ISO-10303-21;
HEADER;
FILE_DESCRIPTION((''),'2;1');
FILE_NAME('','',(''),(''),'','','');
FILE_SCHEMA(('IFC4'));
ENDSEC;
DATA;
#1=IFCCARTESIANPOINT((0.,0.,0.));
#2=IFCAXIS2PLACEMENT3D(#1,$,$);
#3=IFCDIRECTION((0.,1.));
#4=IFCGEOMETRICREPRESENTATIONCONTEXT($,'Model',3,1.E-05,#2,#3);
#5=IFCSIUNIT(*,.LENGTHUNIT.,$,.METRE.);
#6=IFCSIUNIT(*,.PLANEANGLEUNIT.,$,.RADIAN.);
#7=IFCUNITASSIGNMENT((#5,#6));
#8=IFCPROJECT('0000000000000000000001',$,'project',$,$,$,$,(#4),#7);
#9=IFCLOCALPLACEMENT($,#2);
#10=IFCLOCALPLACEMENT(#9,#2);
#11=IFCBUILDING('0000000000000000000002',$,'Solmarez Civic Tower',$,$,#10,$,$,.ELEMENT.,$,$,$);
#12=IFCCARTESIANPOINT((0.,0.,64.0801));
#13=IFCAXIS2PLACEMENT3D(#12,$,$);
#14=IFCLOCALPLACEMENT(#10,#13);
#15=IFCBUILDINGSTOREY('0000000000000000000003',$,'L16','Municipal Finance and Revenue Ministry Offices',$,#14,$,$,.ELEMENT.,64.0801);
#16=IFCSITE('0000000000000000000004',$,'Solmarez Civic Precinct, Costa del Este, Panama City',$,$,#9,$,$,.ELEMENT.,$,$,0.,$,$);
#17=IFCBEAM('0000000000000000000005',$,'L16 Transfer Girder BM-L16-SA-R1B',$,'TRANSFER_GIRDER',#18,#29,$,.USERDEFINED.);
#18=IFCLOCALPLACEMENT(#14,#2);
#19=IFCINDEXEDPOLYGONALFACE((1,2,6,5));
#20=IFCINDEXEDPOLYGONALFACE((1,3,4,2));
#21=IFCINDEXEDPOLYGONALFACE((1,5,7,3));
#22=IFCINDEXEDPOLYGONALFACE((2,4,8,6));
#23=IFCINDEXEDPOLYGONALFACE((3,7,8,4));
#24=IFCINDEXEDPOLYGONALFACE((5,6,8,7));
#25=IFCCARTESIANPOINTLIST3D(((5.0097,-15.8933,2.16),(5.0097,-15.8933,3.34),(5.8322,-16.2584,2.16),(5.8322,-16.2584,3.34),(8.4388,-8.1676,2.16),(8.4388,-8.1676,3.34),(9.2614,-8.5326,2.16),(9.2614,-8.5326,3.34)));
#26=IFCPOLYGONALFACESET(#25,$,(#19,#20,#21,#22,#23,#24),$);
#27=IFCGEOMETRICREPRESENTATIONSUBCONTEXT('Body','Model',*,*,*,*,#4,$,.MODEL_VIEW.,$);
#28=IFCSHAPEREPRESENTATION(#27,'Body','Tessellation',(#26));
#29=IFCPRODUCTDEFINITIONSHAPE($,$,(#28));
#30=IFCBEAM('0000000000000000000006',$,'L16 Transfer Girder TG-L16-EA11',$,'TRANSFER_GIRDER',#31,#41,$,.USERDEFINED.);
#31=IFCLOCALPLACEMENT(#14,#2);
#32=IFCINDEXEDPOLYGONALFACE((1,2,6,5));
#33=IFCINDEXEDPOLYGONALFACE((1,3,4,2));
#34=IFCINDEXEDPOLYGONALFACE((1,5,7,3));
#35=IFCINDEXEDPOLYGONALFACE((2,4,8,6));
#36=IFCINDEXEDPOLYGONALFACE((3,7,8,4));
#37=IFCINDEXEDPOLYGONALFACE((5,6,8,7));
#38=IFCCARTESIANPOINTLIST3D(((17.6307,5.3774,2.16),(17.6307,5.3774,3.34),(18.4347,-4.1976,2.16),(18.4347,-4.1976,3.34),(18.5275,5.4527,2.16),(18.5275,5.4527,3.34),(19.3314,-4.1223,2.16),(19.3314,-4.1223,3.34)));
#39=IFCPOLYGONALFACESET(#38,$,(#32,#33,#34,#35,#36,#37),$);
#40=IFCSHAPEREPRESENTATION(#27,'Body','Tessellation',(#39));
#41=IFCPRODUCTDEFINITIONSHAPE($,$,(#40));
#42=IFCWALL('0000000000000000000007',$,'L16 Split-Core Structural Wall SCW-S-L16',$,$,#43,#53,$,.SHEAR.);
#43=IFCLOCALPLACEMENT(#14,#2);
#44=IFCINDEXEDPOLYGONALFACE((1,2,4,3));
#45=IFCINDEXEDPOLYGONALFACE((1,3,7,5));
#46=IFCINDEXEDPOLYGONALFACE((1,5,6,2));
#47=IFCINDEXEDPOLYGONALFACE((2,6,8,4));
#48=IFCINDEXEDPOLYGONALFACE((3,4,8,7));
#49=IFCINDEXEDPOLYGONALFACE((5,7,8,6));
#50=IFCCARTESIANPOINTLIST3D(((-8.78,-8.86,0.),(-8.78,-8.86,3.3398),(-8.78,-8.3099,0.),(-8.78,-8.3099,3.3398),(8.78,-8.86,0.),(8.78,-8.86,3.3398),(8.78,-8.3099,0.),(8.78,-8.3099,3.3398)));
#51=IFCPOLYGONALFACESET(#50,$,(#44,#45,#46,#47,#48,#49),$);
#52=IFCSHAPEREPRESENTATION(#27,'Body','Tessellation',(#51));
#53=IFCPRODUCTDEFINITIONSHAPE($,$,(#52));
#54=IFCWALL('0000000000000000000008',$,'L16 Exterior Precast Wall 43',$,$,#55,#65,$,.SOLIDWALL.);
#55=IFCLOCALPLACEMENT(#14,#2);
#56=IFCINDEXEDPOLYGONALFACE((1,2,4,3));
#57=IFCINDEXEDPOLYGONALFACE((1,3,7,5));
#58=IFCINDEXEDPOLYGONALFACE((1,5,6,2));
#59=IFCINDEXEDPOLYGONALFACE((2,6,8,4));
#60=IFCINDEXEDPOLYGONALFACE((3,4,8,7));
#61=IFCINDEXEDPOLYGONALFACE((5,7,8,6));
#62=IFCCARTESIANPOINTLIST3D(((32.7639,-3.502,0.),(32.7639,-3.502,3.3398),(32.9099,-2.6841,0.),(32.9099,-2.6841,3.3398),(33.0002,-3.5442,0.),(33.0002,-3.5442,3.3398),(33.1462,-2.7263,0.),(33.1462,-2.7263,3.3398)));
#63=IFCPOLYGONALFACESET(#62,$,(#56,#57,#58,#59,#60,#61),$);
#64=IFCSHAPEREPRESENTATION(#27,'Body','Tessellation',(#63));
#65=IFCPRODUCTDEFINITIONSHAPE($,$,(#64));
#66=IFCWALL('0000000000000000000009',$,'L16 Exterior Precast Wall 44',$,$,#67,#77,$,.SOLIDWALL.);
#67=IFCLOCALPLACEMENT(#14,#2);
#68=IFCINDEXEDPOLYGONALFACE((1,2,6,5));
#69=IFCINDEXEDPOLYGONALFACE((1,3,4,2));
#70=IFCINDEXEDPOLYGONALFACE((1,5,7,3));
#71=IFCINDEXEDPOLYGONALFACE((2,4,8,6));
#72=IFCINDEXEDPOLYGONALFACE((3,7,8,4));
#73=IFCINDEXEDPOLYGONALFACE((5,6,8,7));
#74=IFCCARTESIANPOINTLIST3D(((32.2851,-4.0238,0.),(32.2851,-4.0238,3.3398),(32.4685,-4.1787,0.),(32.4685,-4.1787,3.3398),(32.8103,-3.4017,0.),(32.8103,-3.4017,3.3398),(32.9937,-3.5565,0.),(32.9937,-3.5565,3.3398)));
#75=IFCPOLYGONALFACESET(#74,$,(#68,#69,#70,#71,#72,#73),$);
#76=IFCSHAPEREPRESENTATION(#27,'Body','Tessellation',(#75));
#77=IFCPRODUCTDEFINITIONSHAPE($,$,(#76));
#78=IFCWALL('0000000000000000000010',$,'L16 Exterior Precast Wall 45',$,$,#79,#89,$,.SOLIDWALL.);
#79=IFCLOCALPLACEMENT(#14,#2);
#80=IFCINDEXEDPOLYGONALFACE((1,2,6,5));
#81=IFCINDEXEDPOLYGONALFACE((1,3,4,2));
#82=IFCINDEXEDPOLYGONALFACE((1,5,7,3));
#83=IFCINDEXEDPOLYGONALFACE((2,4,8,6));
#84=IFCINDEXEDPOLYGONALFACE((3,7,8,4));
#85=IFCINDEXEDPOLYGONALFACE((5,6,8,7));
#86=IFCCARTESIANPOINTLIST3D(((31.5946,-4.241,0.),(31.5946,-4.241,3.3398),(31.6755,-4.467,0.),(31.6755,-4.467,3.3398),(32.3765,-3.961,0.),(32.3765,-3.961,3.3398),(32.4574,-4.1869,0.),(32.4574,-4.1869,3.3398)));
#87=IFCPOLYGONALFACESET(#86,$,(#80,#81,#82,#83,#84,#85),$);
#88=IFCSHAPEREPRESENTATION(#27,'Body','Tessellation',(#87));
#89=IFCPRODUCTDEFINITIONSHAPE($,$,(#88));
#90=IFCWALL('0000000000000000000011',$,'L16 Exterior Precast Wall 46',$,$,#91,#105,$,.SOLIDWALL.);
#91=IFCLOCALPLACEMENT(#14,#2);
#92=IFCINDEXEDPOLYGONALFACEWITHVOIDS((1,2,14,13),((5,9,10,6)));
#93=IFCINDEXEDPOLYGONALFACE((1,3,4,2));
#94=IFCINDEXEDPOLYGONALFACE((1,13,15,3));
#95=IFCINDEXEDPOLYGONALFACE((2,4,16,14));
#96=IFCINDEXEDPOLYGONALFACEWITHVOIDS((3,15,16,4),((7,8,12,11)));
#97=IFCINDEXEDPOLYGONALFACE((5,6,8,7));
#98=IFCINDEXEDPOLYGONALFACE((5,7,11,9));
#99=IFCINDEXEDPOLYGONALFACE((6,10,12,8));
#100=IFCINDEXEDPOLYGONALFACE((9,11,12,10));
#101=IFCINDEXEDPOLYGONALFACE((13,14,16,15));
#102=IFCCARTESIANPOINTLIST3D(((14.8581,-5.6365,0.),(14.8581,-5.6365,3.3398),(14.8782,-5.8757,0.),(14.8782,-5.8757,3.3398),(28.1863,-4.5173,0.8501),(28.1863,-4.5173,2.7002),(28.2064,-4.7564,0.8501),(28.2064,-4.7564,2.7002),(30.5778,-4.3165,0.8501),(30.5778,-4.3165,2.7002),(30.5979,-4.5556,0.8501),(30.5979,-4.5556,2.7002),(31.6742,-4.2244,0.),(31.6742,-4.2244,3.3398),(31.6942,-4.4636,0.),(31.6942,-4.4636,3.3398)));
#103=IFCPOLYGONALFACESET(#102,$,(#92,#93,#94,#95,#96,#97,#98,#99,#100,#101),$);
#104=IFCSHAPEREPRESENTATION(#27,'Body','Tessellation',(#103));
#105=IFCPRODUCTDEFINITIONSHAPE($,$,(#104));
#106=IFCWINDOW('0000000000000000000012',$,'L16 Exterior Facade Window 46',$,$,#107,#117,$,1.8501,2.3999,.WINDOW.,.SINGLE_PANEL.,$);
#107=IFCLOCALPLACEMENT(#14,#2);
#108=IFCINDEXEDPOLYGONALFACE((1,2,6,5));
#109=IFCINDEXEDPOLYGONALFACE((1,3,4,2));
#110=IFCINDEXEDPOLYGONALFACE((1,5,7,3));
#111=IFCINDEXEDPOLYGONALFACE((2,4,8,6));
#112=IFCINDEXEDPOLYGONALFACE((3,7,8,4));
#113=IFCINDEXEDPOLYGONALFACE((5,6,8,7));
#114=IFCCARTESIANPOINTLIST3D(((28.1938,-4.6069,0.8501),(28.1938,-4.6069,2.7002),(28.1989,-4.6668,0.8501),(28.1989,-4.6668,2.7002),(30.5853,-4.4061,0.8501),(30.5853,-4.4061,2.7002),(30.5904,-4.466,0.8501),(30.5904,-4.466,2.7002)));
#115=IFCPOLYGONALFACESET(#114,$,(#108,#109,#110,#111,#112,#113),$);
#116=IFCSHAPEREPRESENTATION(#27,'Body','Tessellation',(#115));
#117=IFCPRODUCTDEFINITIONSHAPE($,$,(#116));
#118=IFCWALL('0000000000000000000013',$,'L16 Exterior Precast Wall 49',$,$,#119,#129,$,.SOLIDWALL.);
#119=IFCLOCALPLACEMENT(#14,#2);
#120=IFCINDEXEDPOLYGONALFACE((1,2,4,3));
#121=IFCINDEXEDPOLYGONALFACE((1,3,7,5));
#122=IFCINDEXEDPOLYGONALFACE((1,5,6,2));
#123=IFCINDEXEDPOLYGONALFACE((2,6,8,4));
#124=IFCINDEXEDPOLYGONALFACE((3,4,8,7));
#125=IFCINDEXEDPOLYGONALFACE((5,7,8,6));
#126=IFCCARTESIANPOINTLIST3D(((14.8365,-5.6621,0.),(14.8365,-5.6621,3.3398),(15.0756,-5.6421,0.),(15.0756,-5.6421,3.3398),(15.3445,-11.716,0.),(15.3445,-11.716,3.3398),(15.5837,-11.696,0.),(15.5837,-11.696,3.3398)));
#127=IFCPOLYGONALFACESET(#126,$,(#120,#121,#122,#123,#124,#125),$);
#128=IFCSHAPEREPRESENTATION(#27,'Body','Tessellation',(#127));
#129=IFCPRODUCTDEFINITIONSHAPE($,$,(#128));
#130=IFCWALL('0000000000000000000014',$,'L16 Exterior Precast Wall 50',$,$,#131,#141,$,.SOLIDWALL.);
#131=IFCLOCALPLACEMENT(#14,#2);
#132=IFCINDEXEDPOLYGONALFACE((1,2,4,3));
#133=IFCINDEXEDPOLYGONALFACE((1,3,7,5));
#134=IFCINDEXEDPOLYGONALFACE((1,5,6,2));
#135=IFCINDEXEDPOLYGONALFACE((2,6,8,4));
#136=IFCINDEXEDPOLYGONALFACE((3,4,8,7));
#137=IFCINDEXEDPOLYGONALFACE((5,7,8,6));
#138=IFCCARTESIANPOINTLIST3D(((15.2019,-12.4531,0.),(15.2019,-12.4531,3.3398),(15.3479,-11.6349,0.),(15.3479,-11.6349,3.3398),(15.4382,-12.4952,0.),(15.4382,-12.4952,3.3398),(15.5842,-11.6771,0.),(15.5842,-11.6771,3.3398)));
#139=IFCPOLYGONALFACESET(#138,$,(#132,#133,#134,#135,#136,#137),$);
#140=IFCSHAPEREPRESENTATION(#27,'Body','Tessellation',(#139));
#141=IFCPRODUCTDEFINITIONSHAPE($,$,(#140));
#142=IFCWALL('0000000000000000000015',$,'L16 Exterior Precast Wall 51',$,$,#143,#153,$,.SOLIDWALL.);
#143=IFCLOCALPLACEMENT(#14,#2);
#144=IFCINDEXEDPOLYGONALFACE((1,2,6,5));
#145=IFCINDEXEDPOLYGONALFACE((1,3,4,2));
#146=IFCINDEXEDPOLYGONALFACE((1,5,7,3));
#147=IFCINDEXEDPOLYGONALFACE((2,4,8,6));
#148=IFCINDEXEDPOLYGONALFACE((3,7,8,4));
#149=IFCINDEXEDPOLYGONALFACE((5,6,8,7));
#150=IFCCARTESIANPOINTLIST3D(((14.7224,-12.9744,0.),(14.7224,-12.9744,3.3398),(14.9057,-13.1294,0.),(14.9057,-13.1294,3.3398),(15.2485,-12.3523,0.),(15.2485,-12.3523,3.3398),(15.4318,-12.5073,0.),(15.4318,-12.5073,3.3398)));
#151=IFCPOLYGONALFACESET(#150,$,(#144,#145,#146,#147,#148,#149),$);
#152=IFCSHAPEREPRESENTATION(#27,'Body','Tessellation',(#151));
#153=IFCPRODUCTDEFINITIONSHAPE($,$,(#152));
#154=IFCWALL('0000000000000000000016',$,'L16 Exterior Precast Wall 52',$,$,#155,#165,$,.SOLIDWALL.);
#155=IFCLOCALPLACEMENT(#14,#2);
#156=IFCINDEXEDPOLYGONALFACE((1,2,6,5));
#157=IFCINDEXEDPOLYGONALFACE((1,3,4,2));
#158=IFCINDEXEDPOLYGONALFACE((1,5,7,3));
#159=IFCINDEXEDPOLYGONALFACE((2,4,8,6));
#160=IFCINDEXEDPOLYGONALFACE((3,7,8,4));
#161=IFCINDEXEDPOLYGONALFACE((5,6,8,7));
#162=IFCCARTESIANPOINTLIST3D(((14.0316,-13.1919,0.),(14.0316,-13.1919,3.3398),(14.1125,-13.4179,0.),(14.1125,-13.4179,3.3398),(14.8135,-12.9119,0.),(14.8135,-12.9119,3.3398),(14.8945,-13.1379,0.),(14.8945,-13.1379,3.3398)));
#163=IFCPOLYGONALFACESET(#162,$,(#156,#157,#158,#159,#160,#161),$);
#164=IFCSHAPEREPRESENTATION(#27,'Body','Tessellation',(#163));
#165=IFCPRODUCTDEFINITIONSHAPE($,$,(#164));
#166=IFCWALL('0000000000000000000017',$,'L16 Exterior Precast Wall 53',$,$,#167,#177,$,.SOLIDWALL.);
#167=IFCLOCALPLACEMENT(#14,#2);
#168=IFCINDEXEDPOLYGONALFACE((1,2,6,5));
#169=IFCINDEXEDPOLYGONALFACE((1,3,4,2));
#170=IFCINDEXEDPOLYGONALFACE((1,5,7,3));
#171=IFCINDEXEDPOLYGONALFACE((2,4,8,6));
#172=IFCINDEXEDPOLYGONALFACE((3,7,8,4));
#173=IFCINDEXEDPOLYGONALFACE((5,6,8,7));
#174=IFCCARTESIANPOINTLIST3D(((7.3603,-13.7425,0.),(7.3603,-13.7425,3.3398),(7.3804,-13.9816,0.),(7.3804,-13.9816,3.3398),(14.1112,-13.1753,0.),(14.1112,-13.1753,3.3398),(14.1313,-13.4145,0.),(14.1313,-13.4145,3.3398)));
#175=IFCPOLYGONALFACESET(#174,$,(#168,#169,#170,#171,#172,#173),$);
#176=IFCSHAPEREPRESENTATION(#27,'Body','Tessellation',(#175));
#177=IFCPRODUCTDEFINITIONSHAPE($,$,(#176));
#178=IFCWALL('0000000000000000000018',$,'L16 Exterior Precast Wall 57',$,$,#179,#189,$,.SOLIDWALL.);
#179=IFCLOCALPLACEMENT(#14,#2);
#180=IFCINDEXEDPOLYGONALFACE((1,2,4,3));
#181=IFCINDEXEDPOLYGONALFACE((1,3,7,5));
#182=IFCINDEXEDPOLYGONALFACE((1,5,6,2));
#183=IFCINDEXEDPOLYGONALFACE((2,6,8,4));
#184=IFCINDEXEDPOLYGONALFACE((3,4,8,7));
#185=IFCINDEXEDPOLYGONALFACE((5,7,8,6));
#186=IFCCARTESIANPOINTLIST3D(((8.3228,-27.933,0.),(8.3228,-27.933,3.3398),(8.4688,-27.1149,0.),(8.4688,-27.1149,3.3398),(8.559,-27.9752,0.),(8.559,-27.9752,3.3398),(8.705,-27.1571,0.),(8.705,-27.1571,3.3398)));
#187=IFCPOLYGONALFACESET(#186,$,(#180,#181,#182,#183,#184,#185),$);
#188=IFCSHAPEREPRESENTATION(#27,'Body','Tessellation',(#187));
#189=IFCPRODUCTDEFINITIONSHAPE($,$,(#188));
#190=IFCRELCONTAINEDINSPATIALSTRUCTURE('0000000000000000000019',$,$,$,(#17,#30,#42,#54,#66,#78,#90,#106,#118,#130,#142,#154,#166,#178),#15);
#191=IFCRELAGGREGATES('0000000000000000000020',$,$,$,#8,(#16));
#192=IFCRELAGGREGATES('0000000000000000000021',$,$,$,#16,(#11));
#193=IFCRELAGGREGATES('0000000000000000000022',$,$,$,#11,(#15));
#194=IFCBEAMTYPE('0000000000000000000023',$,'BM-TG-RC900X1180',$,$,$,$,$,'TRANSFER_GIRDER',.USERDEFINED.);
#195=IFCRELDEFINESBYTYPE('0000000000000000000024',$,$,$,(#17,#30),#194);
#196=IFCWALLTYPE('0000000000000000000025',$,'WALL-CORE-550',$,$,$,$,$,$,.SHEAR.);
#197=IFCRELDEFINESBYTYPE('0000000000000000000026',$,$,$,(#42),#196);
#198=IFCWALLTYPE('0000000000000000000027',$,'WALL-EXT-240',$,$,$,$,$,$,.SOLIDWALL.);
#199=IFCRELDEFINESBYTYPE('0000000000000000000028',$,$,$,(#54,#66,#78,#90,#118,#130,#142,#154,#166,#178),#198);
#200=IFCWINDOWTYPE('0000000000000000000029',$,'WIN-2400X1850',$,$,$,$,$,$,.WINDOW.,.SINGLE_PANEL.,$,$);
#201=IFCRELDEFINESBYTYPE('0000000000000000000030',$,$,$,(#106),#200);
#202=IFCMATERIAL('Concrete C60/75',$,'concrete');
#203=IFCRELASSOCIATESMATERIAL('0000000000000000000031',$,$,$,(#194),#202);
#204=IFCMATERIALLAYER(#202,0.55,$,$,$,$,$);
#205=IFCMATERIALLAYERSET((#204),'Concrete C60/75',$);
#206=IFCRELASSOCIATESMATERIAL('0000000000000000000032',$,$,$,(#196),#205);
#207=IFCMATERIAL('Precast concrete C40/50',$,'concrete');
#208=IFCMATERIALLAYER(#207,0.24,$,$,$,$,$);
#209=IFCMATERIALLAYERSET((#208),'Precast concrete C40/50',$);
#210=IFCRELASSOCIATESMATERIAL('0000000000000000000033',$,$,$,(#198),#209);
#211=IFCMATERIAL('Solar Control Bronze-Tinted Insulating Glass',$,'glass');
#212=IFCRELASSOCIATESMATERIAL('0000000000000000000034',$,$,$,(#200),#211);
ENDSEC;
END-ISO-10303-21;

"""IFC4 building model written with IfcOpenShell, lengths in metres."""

from ifc_helpers import new_model, si_unit, direction, frame, frame_2d, origin, origin_2d, place, context, subcontext, project, spatial, rectangle, extrude, material, layer, layer_set, material_profile, profile_set, type_object, element, fill, save


model = new_model("IFC4")

# Units and contexts
model_context = context("Model", 3, precision=1e-05, world=origin(), true_north=direction((0.0, 1.0)))
body_context = subcontext(model_context, "Body", "Model", "MODEL_VIEW")
ifc_project = project(units=[si_unit("LENGTHUNIT", "METRE"), si_unit("PLANEANGLEUNIT", "RADIAN")], contexts=[model_context])

# Site, building, storey
site_placement = place(None, origin())
site = spatial("IfcSite", under=ifc_project, at=site_placement, Name="Solmarez Civic Precinct, Costa del Este, Panama City", CompositionType="ELEMENT", RefElevation=0.0)
building_placement = place(site_placement, origin())
building = spatial("IfcBuilding", under=site, at=building_placement, Name="Solmarez Civic Tower", CompositionType="ELEMENT")
storey_placement = place(building_placement, frame((0.0, 0.0, 64.0801)))
storey = spatial("IfcBuildingStorey", under=building, at=storey_placement, Name="L16", Description="Municipal Finance and Revenue Ministry Offices", CompositionType="ELEMENT", Elevation=64.0801)

# Shared definitions
ifc_material_1 = material(Name="Concrete C60/75", Category="concrete")

# Beams
ifc_material_profile_1 = material_profile(ifc_material_1, rectangle(XDim=0.8999, YDim=1.1799, at=origin_2d()), Name="RC900X1180")
ifc_profile_set_1 = profile_set([ifc_material_profile_1], Name="Concrete C60/75")
beam_type_1 = type_object("IfcBeamType", Name="BM-TG-RC900X1180", ElementType="TRANSFER_GIRDER", PredefinedType="USERDEFINED", material=ifc_profile_set_1)
beam_1_placement = place(storey_placement, frame((8.8501, -8.3501, 2.75), z_axis=(-0.405694, -0.914009, 0.0), x_axis=(0.914009, -0.405694, 0.0)))
element("IfcBeam", 1, at=beam_1_placement, inside=storey, type_object=beam_type_1, Name="L16 Transfer Girder BM-L16-SA-R1B", ObjectType="TRANSFER_GIRDER", PredefinedType="USERDEFINED", context=body_context, shape_type="SweptSolid", body=[
    extrude(rectangle(XDim=0.8999, YDim=1.1799, at=origin_2d()), origin(), (0.0, 0.0, 1.0), 8.4526),
])
beam_2_placement = place(storey_placement, frame((18.8831, -4.1599, 2.75), z_axis=(-0.08367, 0.996494, 0.0), x_axis=(-0.996494, -0.08367, 0.0)))
element("IfcBeam", 2, at=beam_2_placement, inside=storey, type_object=beam_type_1, Name="L16 Transfer Girder TG-L16-EA11", ObjectType="TRANSFER_GIRDER", PredefinedType="USERDEFINED", context=body_context, shape_type="SweptSolid", body=[
    extrude(rectangle(XDim=0.8999, YDim=1.1799, at=origin_2d()), origin(), (0.0, 0.0, 1.0), 9.6086),
])

# Walls
ifc_layer_1 = layer(ifc_material_1, 0.55)
ifc_layer_set_1 = layer_set([ifc_layer_1], Name="Concrete C60/75")
wall_type_1 = type_object("IfcWallType", Name="WALL-CORE-550", PredefinedType="SHEAR", material=ifc_layer_set_1)
wall_1_placement = place(storey_placement, frame((8.78, -8.585, 0.0), z_axis=(0.0, 0.0, 1.0), x_axis=(-1.0, 0.0, 0.0)))
element("IfcWall", 3, at=wall_1_placement, inside=storey, type_object=wall_type_1, Name="L16 Split-Core Structural Wall SCW-S-L16", PredefinedType="SHEAR", context=body_context, shape_type="SweptSolid", body=[
    extrude(rectangle(XDim=17.5601, YDim=0.55, at=frame_2d((8.78, 0.0))), origin(), (0.0, 0.0, 1.0), 3.3398),
])
ifc_material_2 = material(Name="Precast concrete C40/50", Category="concrete")
ifc_layer_2 = layer(ifc_material_2, 0.24)
ifc_layer_set_2 = layer_set([ifc_layer_2], Name="Precast concrete C40/50")
wall_type_2 = type_object("IfcWallType", Name="WALL-EXT-240", PredefinedType="SOLIDWALL", material=ifc_layer_set_2)
wall_2_placement = place(storey_placement, frame((33.0281, -2.7051, 0.0), z_axis=(0.0, 0.0, 1.0), x_axis=(-0.17573, -0.984438, 0.0)))
element("IfcWall", 4, at=wall_2_placement, inside=storey, type_object=wall_type_2, Name="L16 Exterior Precast Wall 43", PredefinedType="SOLIDWALL", context=body_context, shape_type="SweptSolid", body=[
    extrude(rectangle(XDim=0.8308, YDim=0.24, at=frame_2d((0.4155, 0.0))), origin(), (0.0, 0.0, 1.0), 3.3398),
])
wall_3_placement = place(storey_placement, frame((32.9021, -3.479, 0.0), z_axis=(0.0, 0.0, 1.0), x_axis=(-0.645068, -0.764125, 0.0)))
element("IfcWall", 5, at=wall_3_placement, inside=storey, type_object=wall_type_2, Name="L16 Exterior Precast Wall 44", PredefinedType="SOLIDWALL", context=body_context, shape_type="SweptSolid", body=[
    extrude(rectangle(XDim=0.8142, YDim=0.24, at=frame_2d((0.4072, 0.0))), origin(), (0.0, 0.0, 1.0), 3.3398),
])
wall_4_placement = place(storey_placement, frame((32.417, -4.074, 0.0), z_axis=(0.0, 0.0, 1.0), x_axis=(-0.941456, -0.337137, 0.0)))
element("IfcWall", 6, at=wall_4_placement, inside=storey, type_object=wall_type_2, Name="L16 Exterior Precast Wall 45", PredefinedType="SOLIDWALL", context=body_context, shape_type="SweptSolid", body=[
    extrude(rectangle(XDim=0.8306, YDim=0.24, at=frame_2d((0.4153, 0.0))), origin(), (0.0, 0.0, 1.0), 3.3398),
])

# Wall, opening, window
wall_5_placement = place(storey_placement, frame((31.6841, -4.344, 0.0), z_axis=(0.0, 0.0, 1.0), x_axis=(-0.996493, -0.083679, 0.0)))
wall_5 = element("IfcWall", 7, at=wall_5_placement, inside=storey, type_object=wall_type_2, Name="L16 Exterior Precast Wall 46", PredefinedType="SOLIDWALL", context=body_context, shape_type="SweptSolid", body=[
    extrude(rectangle(XDim=16.8752, YDim=0.24, at=frame_2d((8.4375, 0.0))), origin(), (0.0, 0.0, 1.0), 3.3398),
])
opening_1_placement = place(wall_5_placement, frame((1.1001, 0.0, 0.8501)))
opening_1 = element("IfcOpeningElement", 8, at=opening_1_placement, cuts=wall_5, PredefinedType="OPENING", context=body_context, shape_type="SweptSolid", body=[
    extrude(rectangle(XDim=2.3999, YDim=1.8501, at=frame_2d((1.2, 0.925))), frame((0.0, 0.1299, 0.0), z_axis=(0.0, -1.0, 0.0), x_axis=(1.0, 0.0, 0.0)), (0.0, 0.0, 1.0), 0.26),
])
ifc_material_3 = material(Name="Solar Control Bronze-Tinted Insulating Glass", Category="glass")
window_type = type_object("IfcWindowType", Name="WIN-2400X1850", PartitioningType="SINGLE_PANEL", PredefinedType="WINDOW", material=ifc_material_3)
window_placement = place(opening_1_placement, origin())
window = element("IfcWindow", 9, at=window_placement, inside=storey, type_object=window_type, Name="L16 Exterior Facade Window 46", OverallHeight=1.8501, OverallWidth=2.3999, PartitioningType="SINGLE_PANEL", PredefinedType="WINDOW", context=body_context, shape_type="SweptSolid", body=[
    extrude(rectangle(XDim=2.3999, YDim=1.8501, at=frame_2d((1.2, 0.925))), frame((0.0, 0.03, 0.0), z_axis=(0.0, -1.0, 0.0), x_axis=(1.0, 0.0, 0.0)), (0.0, 0.0, 1.0), 0.0601),
])
fill(opening_1, window)

# Walls
wall_6_placement = place(storey_placement, frame((14.9561, -5.6521, 0.0), z_axis=(0.0, 0.0, 1.0), x_axis=(0.083627, -0.996497, 0.0)))
element("IfcWall", 10, at=wall_6_placement, inside=storey, type_object=wall_type_2, Name="L16 Exterior Precast Wall 49", PredefinedType="SOLIDWALL", context=body_context, shape_type="SweptSolid", body=[
    extrude(rectangle(XDim=6.0752, YDim=0.24, at=frame_2d((3.0376, 0.0))), origin(), (0.0, 0.0, 1.0), 3.3398),
])
wall_7_placement = place(storey_placement, frame((15.4661, -11.656, 0.0), z_axis=(0.0, 0.0, 1.0), x_axis=(-0.175679, -0.984448, 0.0)))
element("IfcWall", 11, at=wall_7_placement, inside=storey, type_object=wall_type_2, Name="L16 Exterior Precast Wall 50", PredefinedType="SOLIDWALL", context=body_context, shape_type="SweptSolid", body=[
    extrude(rectangle(XDim=0.8311, YDim=0.24, at=frame_2d((0.4155, 0.0))), origin(), (0.0, 0.0, 1.0), 3.3398),
])
wall_8_placement = place(storey_placement, frame((15.3401, -12.4299, 0.0), z_axis=(0.0, 0.0, 1.0), x_axis=(-0.645768, -0.763534, 0.0)))
element("IfcWall", 12, at=wall_8_placement, inside=storey, type_object=wall_type_2, Name="L16 Exterior Precast Wall 51", PredefinedType="SOLIDWALL", context=body_context, shape_type="SweptSolid", body=[
    extrude(rectangle(XDim=0.8147, YDim=0.24, at=frame_2d((0.4072, 0.0))), origin(), (0.0, 0.0, 1.0), 3.3398),
])
wall_9_placement = place(storey_placement, frame((14.854, -13.0249, 0.0), z_axis=(0.0, 0.0, 1.0), x_axis=(-0.941456, -0.337137, 0.0)))
element("IfcWall", 13, at=wall_9_placement, inside=storey, type_object=wall_type_2, Name="L16 Exterior Precast Wall 52", PredefinedType="SOLIDWALL", context=body_context, shape_type="SweptSolid", body=[
    extrude(rectangle(XDim=0.8306, YDim=0.24, at=frame_2d((0.4153, 0.0))), origin(), (0.0, 0.0, 1.0), 3.3398),
])
wall_10_placement = place(storey_placement, frame((14.1211, -13.2949, 0.0), z_axis=(0.0, 0.0, 1.0), x_axis=(-0.99649, -0.083714, 0.0)))
element("IfcWall", 14, at=wall_10_placement, inside=storey, type_object=wall_type_2, Name="L16 Exterior Precast Wall 53", PredefinedType="SOLIDWALL", context=body_context, shape_type="SweptSolid", body=[
    extrude(rectangle(XDim=6.7747, YDim=0.24, at=frame_2d((3.3872, 0.0))), origin(), (0.0, 0.0, 1.0), 3.3398),
])
wall_11_placement = place(storey_placement, frame((8.5869, -27.136, 0.0), z_axis=(0.0, 0.0, 1.0), x_axis=(-0.175679, -0.984448, 0.0)))
element("IfcWall", 15, at=wall_11_placement, inside=storey, type_object=wall_type_2, Name="L16 Exterior Precast Wall 57", PredefinedType="SOLIDWALL", context=body_context, shape_type="SweptSolid", body=[
    extrude(rectangle(XDim=0.8311, YDim=0.24, at=frame_2d((0.4155, 0.0))), origin(), (0.0, 0.0, 1.0), 3.3398),
])

save(model, "model.ifc")
